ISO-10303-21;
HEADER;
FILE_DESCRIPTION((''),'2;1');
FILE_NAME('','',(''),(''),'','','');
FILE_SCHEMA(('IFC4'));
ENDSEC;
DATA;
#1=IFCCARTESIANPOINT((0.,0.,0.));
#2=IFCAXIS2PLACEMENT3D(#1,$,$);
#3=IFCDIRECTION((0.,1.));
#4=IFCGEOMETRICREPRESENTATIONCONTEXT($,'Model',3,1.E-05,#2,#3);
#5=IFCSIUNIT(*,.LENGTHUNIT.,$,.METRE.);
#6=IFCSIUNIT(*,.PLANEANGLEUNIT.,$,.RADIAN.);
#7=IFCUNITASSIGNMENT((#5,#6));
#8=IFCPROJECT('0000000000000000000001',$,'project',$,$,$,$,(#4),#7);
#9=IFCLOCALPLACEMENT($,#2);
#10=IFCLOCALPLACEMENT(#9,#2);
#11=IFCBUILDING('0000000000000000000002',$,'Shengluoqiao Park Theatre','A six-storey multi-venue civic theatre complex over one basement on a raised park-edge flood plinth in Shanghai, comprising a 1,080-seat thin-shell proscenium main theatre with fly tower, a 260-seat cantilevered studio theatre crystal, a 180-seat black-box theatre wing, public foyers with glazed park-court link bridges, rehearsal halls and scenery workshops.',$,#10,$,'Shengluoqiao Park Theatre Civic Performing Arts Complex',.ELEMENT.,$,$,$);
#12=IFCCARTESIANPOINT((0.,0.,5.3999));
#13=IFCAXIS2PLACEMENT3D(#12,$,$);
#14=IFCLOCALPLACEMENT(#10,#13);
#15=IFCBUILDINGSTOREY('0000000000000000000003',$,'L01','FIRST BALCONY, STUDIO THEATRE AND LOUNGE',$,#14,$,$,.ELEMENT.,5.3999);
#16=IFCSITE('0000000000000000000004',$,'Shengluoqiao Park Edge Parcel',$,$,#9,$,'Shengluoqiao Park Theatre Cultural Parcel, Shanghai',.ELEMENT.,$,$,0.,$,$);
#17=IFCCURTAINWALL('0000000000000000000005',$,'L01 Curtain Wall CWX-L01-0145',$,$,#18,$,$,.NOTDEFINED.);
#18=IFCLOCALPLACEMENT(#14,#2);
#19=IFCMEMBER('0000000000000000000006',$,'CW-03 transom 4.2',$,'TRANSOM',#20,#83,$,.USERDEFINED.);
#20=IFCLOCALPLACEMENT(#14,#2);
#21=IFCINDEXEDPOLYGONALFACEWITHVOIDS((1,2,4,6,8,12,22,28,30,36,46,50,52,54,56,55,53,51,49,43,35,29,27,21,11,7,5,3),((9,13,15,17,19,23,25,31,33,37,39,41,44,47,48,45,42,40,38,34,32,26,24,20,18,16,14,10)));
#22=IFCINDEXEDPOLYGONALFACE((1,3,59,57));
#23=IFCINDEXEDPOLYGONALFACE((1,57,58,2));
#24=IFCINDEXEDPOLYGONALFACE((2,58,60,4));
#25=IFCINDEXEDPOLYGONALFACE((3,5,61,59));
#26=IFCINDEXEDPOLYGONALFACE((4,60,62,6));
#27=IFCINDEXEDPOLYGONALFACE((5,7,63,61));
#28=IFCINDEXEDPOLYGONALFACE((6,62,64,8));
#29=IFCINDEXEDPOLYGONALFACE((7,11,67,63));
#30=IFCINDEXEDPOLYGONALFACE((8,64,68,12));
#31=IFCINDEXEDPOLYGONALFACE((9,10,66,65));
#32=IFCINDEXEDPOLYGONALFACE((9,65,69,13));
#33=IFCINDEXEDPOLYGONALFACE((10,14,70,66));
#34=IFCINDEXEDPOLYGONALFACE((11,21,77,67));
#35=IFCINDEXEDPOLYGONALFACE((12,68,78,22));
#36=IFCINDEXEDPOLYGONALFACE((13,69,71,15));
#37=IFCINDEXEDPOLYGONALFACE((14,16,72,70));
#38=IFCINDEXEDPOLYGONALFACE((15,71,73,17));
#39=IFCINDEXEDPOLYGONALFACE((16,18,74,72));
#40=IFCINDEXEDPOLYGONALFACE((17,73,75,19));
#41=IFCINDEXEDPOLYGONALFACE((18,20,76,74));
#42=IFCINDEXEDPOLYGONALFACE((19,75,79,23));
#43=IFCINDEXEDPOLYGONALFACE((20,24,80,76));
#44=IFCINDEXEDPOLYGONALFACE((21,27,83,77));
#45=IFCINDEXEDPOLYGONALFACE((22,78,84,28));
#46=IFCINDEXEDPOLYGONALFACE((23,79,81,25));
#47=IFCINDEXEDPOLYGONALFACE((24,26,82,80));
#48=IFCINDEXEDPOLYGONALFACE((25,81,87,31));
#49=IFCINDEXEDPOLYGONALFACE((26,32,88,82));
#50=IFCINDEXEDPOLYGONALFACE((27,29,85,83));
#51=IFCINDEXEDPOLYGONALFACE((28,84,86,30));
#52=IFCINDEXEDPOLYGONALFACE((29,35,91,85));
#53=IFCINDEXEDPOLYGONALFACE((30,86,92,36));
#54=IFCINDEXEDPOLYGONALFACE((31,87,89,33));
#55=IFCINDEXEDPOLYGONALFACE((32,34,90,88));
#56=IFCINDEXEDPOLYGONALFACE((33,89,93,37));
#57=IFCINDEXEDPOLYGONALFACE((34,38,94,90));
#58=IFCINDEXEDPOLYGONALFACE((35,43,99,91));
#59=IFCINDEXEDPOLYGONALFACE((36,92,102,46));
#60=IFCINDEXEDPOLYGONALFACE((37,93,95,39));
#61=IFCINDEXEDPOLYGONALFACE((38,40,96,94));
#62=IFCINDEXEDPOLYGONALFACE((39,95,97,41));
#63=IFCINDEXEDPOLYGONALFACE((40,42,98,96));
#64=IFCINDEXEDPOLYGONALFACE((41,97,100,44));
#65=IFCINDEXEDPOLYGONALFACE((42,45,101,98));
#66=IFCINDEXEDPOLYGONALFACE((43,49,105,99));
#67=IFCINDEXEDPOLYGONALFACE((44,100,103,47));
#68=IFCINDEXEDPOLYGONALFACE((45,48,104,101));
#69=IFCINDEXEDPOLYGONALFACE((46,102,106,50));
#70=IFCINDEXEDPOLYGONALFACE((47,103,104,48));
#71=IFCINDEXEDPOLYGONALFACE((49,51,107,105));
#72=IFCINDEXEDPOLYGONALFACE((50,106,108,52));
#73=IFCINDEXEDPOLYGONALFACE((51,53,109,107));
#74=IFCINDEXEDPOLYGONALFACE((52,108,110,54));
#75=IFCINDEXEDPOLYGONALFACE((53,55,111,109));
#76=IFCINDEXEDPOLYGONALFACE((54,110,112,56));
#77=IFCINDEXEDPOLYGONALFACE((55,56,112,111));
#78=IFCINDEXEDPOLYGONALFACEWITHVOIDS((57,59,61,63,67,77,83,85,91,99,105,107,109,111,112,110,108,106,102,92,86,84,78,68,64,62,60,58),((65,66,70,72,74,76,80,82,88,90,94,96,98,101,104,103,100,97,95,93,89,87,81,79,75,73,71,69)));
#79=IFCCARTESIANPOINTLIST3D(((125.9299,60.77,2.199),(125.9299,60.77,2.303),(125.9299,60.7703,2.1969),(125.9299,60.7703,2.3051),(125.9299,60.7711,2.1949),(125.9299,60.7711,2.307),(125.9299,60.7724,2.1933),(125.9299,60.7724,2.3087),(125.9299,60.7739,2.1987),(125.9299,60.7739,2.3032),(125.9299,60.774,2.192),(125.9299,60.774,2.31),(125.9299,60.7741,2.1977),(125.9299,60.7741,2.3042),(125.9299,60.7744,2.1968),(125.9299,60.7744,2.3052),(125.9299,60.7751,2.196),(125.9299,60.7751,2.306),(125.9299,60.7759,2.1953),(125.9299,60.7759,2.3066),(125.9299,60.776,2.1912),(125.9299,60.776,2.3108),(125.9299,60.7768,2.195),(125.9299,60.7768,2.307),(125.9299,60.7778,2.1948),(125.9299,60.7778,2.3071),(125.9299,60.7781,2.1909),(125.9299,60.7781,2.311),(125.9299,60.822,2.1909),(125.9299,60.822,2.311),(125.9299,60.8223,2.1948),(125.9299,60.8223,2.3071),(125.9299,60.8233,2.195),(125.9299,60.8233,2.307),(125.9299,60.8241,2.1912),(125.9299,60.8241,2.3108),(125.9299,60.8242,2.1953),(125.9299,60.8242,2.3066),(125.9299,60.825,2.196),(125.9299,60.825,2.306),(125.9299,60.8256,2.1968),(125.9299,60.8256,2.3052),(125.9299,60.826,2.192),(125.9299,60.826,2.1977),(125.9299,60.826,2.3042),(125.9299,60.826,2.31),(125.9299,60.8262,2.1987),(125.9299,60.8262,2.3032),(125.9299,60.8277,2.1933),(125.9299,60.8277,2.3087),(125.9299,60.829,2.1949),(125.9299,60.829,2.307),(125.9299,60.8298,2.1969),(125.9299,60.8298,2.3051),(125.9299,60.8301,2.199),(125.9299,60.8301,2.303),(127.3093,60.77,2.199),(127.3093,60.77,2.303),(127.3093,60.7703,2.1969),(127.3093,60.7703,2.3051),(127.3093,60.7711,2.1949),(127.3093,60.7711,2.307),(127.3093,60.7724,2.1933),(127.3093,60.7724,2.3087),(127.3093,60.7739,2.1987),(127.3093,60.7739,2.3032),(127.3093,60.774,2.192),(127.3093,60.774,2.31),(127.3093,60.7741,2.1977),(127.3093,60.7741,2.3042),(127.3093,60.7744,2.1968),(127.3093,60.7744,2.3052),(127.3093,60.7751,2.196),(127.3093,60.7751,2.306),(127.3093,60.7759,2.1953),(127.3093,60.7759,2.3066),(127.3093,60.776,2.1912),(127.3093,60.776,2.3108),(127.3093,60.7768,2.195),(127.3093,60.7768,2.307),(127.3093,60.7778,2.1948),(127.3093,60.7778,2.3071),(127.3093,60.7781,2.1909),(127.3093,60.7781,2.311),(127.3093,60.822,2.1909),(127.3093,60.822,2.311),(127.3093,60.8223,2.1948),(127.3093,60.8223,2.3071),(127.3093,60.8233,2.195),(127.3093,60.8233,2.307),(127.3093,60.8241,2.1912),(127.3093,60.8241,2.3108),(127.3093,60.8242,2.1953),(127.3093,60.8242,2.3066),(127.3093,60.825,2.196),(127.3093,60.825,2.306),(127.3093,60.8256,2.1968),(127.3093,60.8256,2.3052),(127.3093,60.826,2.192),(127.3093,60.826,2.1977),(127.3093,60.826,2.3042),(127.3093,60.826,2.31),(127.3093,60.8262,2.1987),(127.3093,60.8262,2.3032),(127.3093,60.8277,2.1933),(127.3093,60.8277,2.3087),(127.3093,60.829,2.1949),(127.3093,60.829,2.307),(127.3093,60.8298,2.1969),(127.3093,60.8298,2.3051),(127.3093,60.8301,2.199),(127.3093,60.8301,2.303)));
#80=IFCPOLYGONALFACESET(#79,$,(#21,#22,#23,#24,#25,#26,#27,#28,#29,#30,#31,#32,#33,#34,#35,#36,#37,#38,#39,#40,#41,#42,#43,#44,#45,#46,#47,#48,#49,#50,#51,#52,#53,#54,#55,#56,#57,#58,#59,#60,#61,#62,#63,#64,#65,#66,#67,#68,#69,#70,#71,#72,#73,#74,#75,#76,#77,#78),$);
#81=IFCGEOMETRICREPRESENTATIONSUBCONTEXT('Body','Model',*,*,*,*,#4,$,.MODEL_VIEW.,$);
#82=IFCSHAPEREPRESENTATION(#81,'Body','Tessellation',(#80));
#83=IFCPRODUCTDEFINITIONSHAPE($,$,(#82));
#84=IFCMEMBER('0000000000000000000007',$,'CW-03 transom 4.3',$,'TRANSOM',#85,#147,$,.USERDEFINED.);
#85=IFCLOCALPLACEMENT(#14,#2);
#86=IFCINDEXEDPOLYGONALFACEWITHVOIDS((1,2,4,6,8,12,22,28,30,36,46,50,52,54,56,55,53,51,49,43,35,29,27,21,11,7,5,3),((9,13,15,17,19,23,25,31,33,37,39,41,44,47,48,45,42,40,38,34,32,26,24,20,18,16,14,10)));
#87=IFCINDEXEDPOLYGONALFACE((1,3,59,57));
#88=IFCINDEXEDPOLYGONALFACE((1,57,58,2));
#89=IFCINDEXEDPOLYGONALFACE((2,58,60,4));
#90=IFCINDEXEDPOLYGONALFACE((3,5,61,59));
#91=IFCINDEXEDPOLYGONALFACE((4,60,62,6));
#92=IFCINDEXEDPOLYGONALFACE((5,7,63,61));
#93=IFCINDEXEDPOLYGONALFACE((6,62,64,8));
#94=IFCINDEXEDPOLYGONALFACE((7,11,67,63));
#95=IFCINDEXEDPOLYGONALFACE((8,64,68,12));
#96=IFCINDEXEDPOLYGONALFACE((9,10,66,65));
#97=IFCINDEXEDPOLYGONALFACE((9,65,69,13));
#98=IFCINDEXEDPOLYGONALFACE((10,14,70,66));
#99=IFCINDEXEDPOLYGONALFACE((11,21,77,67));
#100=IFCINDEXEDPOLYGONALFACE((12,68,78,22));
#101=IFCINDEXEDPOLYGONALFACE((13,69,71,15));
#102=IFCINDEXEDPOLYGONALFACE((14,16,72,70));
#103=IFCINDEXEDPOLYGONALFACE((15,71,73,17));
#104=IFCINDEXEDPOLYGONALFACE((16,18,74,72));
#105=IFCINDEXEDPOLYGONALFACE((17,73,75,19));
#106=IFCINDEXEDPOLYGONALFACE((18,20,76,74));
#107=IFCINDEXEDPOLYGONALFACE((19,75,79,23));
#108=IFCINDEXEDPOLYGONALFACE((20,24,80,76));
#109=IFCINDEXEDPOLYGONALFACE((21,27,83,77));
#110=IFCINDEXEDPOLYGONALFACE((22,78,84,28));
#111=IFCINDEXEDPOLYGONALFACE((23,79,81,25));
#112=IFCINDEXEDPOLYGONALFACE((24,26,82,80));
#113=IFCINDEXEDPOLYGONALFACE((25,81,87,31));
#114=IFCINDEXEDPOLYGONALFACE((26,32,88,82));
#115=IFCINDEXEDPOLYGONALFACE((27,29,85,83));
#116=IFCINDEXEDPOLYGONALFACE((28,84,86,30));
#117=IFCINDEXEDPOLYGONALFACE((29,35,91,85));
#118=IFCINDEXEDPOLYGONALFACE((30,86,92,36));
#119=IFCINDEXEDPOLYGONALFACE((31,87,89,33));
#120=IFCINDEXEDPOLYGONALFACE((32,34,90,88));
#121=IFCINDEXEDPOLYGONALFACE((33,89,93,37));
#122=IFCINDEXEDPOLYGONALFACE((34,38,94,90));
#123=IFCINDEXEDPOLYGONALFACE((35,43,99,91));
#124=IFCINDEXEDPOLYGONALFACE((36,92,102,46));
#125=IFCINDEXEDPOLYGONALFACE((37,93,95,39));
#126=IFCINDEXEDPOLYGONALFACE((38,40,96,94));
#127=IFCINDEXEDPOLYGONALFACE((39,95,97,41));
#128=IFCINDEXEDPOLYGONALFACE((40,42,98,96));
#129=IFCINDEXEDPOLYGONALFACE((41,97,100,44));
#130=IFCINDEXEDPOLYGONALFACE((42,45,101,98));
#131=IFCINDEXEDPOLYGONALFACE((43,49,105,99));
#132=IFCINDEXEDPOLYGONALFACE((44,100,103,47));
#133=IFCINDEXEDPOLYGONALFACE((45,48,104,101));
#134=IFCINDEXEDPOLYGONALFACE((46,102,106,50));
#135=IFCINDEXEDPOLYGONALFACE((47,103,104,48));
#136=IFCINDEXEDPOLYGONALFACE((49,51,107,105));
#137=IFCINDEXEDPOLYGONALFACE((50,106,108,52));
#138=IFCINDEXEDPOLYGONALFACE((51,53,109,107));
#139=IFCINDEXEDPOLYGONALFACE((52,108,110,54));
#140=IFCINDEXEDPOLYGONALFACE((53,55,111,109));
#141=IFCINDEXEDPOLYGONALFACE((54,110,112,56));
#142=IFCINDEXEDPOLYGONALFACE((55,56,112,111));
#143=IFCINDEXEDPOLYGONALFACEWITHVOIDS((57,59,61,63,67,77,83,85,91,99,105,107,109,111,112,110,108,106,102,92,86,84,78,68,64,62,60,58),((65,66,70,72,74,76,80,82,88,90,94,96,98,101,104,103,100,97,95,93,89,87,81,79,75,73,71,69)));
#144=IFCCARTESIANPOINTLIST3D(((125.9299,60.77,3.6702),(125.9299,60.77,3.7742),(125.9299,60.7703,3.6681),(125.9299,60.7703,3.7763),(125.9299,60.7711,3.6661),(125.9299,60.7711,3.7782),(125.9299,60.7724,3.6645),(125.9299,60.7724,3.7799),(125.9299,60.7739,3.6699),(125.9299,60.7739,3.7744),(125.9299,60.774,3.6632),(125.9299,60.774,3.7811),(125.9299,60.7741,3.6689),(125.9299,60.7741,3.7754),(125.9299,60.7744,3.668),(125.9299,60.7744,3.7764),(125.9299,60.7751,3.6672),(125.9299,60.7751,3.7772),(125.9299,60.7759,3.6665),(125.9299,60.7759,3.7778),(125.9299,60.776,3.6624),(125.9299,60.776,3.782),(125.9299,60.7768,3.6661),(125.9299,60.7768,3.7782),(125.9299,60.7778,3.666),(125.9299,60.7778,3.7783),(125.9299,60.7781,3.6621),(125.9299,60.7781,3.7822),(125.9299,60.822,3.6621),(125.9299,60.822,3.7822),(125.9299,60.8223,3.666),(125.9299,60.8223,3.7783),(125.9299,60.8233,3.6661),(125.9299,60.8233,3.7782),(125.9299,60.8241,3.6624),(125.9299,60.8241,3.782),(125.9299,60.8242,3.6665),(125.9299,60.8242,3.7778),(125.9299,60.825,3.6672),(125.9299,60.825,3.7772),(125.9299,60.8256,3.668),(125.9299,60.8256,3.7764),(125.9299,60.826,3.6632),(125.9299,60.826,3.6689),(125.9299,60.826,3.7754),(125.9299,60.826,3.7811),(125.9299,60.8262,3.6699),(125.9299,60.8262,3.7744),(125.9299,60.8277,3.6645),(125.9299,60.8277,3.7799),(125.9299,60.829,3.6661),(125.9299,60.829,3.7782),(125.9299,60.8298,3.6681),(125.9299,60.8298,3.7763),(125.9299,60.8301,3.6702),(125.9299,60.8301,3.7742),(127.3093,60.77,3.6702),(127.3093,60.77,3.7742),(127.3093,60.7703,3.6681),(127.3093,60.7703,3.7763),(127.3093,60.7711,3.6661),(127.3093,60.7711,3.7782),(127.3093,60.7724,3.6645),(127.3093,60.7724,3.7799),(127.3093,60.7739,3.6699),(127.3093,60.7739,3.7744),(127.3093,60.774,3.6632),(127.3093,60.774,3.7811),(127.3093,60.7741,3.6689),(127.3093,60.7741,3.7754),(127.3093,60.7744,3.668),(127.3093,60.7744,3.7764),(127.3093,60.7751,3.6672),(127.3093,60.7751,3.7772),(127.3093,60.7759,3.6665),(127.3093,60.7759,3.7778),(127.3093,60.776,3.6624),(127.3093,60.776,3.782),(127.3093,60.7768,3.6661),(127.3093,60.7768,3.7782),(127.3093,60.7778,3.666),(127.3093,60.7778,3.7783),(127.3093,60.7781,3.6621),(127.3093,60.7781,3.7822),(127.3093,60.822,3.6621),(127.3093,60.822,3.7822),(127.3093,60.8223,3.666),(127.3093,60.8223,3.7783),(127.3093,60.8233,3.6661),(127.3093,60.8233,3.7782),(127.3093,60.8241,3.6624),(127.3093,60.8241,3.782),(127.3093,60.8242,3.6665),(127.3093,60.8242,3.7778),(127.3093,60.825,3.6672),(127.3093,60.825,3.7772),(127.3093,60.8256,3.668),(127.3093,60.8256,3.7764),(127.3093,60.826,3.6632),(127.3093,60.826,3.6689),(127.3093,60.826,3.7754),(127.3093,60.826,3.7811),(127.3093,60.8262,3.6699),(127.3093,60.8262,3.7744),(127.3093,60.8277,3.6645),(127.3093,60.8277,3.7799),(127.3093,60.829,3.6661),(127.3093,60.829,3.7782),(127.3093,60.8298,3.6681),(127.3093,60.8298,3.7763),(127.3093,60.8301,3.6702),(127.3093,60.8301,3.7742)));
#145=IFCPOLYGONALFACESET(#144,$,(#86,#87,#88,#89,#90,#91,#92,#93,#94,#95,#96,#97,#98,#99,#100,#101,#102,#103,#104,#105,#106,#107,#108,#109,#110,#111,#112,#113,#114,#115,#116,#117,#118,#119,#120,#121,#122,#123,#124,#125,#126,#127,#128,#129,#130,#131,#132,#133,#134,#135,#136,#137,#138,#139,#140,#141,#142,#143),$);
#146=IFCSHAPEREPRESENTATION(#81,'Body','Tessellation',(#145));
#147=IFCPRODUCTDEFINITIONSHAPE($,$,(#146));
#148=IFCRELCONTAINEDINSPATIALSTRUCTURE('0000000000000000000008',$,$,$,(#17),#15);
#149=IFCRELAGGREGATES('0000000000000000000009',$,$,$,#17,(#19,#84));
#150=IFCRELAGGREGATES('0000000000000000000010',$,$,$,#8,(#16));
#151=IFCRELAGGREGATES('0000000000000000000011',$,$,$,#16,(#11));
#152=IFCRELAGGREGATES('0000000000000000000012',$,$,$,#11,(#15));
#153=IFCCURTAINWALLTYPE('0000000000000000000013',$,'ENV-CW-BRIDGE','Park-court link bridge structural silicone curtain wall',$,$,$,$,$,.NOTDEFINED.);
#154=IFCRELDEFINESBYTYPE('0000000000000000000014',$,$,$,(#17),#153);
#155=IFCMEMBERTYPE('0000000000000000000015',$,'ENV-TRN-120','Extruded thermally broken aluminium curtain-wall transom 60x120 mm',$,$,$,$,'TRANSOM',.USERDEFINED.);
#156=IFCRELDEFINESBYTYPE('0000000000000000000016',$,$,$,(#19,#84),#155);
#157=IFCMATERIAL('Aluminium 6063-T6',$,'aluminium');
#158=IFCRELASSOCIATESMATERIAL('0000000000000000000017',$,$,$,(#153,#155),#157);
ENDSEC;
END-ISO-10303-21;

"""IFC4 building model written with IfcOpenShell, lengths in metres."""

from ifc_helpers import new_model, si_unit, direction, frame, origin, origin_2d, place, context, subcontext, project, spatial, hollow_rectangle, extrude, material, material_profile, profile_set, type_object, element, aggregate, save


model = new_model("IFC4")

# Units and contexts
model_context = context("Model", 3, precision=1e-05, world=origin(), true_north=direction((0.0, 1.0)))
body_context = subcontext(model_context, "Body", "Model", "MODEL_VIEW")
ifc_project = project(units=[si_unit("LENGTHUNIT", "METRE"), si_unit("PLANEANGLEUNIT", "RADIAN")], contexts=[model_context])

# Site, building, storey
site_placement = place(None, origin())
site = spatial("IfcSite", under=ifc_project, at=site_placement, Name="Shengluoqiao Park Edge Parcel", LongName="Shengluoqiao Park Theatre Cultural Parcel, Shanghai", CompositionType="ELEMENT", RefElevation=0.0)
building_placement = place(site_placement, origin())
building = spatial("IfcBuilding", under=site, at=building_placement, Name="Shengluoqiao Park Theatre", Description="A six-storey multi-venue civic theatre complex over one basement on a raised park-edge flood plinth in Shanghai, comprising a 1,080-seat thin-shell proscenium main theatre with fly tower, a 260-seat cantilevered studio theatre crystal, a 180-seat black-box theatre wing, public foyers with glazed park-court link bridges, rehearsal halls and scenery workshops.", LongName="Shengluoqiao Park Theatre Civic Performing Arts Complex", CompositionType="ELEMENT")
storey_placement = place(building_placement, frame((0.0, 0.0, 5.3999)))
storey = spatial("IfcBuildingStorey", under=building, at=storey_placement, Name="L01", Description="FIRST BALCONY, STUDIO THEATRE AND LOUNGE", CompositionType="ELEMENT", Elevation=5.3999)

# Curtain wall, members
ifc_material_1 = material(Name="Aluminium 6063-T6", Category="aluminium")
curtain_wall_type = type_object("IfcCurtainWallType", Name="ENV-CW-BRIDGE", Description="Park-court link bridge structural silicone curtain wall", PredefinedType="NOTDEFINED", material=ifc_material_1)
curtain_wall_placement = place(storey_placement, origin())
curtain_wall = element("IfcCurtainWall", 1, at=curtain_wall_placement, inside=storey, type_object=curtain_wall_type, Name="L01 Curtain Wall CWX-L01-0145", PredefinedType="NOTDEFINED")
ifc_material_profile_1 = material_profile(ifc_material_1, hollow_rectangle(XDim=0.0601, YDim=0.1201, WallThickness=0.0039, InnerFilletRadius=0.0039, OuterFilletRadius=0.0081, at=origin_2d()), Name="ALU TRANSOM 120x60x4")
ifc_profile_set_1 = profile_set([ifc_material_profile_1], Name="Aluminium 6063-T6")
member_type_1 = type_object("IfcMemberType", Name="ENV-TRN-120", Description="Extruded thermally broken aluminium curtain-wall transom 60x120 mm", ElementType="TRANSOM", PredefinedType="USERDEFINED", material=ifc_profile_set_1)
member_1_placement = place(storey_placement, frame((125.9299, 60.8, 2.251), z_axis=(1.0, 0.0, 0.0), x_axis=(0.0, 1.0, 0.0)))
member_1 = element("IfcMember", 2, at=member_1_placement, type_object=member_type_1, Name="CW-03 transom 4.2", ObjectType="TRANSOM", PredefinedType="USERDEFINED", context=body_context, shape_type="SweptSolid", body=[
    extrude(hollow_rectangle(XDim=0.0601, YDim=0.1201, WallThickness=0.0039, InnerFilletRadius=0.0039, OuterFilletRadius=0.0081, at=origin_2d()), origin(), (0.0, 0.0, 1.0), 1.3794),
])
member_2_placement = place(storey_placement, frame((125.9299, 60.8, 3.7222), z_axis=(1.0, 0.0, 0.0), x_axis=(0.0, 1.0, 0.0)))
member_2 = element("IfcMember", 3, at=member_2_placement, type_object=member_type_1, Name="CW-03 transom 4.3", ObjectType="TRANSOM", PredefinedType="USERDEFINED", context=body_context, shape_type="SweptSolid", body=[
    extrude(hollow_rectangle(XDim=0.0601, YDim=0.1201, WallThickness=0.0039, InnerFilletRadius=0.0039, OuterFilletRadius=0.0081, at=origin_2d()), origin(), (0.0, 0.0, 1.0), 1.3794),
])

aggregate(curtain_wall, [member_1, member_2])

save(model, "model.ifc")
